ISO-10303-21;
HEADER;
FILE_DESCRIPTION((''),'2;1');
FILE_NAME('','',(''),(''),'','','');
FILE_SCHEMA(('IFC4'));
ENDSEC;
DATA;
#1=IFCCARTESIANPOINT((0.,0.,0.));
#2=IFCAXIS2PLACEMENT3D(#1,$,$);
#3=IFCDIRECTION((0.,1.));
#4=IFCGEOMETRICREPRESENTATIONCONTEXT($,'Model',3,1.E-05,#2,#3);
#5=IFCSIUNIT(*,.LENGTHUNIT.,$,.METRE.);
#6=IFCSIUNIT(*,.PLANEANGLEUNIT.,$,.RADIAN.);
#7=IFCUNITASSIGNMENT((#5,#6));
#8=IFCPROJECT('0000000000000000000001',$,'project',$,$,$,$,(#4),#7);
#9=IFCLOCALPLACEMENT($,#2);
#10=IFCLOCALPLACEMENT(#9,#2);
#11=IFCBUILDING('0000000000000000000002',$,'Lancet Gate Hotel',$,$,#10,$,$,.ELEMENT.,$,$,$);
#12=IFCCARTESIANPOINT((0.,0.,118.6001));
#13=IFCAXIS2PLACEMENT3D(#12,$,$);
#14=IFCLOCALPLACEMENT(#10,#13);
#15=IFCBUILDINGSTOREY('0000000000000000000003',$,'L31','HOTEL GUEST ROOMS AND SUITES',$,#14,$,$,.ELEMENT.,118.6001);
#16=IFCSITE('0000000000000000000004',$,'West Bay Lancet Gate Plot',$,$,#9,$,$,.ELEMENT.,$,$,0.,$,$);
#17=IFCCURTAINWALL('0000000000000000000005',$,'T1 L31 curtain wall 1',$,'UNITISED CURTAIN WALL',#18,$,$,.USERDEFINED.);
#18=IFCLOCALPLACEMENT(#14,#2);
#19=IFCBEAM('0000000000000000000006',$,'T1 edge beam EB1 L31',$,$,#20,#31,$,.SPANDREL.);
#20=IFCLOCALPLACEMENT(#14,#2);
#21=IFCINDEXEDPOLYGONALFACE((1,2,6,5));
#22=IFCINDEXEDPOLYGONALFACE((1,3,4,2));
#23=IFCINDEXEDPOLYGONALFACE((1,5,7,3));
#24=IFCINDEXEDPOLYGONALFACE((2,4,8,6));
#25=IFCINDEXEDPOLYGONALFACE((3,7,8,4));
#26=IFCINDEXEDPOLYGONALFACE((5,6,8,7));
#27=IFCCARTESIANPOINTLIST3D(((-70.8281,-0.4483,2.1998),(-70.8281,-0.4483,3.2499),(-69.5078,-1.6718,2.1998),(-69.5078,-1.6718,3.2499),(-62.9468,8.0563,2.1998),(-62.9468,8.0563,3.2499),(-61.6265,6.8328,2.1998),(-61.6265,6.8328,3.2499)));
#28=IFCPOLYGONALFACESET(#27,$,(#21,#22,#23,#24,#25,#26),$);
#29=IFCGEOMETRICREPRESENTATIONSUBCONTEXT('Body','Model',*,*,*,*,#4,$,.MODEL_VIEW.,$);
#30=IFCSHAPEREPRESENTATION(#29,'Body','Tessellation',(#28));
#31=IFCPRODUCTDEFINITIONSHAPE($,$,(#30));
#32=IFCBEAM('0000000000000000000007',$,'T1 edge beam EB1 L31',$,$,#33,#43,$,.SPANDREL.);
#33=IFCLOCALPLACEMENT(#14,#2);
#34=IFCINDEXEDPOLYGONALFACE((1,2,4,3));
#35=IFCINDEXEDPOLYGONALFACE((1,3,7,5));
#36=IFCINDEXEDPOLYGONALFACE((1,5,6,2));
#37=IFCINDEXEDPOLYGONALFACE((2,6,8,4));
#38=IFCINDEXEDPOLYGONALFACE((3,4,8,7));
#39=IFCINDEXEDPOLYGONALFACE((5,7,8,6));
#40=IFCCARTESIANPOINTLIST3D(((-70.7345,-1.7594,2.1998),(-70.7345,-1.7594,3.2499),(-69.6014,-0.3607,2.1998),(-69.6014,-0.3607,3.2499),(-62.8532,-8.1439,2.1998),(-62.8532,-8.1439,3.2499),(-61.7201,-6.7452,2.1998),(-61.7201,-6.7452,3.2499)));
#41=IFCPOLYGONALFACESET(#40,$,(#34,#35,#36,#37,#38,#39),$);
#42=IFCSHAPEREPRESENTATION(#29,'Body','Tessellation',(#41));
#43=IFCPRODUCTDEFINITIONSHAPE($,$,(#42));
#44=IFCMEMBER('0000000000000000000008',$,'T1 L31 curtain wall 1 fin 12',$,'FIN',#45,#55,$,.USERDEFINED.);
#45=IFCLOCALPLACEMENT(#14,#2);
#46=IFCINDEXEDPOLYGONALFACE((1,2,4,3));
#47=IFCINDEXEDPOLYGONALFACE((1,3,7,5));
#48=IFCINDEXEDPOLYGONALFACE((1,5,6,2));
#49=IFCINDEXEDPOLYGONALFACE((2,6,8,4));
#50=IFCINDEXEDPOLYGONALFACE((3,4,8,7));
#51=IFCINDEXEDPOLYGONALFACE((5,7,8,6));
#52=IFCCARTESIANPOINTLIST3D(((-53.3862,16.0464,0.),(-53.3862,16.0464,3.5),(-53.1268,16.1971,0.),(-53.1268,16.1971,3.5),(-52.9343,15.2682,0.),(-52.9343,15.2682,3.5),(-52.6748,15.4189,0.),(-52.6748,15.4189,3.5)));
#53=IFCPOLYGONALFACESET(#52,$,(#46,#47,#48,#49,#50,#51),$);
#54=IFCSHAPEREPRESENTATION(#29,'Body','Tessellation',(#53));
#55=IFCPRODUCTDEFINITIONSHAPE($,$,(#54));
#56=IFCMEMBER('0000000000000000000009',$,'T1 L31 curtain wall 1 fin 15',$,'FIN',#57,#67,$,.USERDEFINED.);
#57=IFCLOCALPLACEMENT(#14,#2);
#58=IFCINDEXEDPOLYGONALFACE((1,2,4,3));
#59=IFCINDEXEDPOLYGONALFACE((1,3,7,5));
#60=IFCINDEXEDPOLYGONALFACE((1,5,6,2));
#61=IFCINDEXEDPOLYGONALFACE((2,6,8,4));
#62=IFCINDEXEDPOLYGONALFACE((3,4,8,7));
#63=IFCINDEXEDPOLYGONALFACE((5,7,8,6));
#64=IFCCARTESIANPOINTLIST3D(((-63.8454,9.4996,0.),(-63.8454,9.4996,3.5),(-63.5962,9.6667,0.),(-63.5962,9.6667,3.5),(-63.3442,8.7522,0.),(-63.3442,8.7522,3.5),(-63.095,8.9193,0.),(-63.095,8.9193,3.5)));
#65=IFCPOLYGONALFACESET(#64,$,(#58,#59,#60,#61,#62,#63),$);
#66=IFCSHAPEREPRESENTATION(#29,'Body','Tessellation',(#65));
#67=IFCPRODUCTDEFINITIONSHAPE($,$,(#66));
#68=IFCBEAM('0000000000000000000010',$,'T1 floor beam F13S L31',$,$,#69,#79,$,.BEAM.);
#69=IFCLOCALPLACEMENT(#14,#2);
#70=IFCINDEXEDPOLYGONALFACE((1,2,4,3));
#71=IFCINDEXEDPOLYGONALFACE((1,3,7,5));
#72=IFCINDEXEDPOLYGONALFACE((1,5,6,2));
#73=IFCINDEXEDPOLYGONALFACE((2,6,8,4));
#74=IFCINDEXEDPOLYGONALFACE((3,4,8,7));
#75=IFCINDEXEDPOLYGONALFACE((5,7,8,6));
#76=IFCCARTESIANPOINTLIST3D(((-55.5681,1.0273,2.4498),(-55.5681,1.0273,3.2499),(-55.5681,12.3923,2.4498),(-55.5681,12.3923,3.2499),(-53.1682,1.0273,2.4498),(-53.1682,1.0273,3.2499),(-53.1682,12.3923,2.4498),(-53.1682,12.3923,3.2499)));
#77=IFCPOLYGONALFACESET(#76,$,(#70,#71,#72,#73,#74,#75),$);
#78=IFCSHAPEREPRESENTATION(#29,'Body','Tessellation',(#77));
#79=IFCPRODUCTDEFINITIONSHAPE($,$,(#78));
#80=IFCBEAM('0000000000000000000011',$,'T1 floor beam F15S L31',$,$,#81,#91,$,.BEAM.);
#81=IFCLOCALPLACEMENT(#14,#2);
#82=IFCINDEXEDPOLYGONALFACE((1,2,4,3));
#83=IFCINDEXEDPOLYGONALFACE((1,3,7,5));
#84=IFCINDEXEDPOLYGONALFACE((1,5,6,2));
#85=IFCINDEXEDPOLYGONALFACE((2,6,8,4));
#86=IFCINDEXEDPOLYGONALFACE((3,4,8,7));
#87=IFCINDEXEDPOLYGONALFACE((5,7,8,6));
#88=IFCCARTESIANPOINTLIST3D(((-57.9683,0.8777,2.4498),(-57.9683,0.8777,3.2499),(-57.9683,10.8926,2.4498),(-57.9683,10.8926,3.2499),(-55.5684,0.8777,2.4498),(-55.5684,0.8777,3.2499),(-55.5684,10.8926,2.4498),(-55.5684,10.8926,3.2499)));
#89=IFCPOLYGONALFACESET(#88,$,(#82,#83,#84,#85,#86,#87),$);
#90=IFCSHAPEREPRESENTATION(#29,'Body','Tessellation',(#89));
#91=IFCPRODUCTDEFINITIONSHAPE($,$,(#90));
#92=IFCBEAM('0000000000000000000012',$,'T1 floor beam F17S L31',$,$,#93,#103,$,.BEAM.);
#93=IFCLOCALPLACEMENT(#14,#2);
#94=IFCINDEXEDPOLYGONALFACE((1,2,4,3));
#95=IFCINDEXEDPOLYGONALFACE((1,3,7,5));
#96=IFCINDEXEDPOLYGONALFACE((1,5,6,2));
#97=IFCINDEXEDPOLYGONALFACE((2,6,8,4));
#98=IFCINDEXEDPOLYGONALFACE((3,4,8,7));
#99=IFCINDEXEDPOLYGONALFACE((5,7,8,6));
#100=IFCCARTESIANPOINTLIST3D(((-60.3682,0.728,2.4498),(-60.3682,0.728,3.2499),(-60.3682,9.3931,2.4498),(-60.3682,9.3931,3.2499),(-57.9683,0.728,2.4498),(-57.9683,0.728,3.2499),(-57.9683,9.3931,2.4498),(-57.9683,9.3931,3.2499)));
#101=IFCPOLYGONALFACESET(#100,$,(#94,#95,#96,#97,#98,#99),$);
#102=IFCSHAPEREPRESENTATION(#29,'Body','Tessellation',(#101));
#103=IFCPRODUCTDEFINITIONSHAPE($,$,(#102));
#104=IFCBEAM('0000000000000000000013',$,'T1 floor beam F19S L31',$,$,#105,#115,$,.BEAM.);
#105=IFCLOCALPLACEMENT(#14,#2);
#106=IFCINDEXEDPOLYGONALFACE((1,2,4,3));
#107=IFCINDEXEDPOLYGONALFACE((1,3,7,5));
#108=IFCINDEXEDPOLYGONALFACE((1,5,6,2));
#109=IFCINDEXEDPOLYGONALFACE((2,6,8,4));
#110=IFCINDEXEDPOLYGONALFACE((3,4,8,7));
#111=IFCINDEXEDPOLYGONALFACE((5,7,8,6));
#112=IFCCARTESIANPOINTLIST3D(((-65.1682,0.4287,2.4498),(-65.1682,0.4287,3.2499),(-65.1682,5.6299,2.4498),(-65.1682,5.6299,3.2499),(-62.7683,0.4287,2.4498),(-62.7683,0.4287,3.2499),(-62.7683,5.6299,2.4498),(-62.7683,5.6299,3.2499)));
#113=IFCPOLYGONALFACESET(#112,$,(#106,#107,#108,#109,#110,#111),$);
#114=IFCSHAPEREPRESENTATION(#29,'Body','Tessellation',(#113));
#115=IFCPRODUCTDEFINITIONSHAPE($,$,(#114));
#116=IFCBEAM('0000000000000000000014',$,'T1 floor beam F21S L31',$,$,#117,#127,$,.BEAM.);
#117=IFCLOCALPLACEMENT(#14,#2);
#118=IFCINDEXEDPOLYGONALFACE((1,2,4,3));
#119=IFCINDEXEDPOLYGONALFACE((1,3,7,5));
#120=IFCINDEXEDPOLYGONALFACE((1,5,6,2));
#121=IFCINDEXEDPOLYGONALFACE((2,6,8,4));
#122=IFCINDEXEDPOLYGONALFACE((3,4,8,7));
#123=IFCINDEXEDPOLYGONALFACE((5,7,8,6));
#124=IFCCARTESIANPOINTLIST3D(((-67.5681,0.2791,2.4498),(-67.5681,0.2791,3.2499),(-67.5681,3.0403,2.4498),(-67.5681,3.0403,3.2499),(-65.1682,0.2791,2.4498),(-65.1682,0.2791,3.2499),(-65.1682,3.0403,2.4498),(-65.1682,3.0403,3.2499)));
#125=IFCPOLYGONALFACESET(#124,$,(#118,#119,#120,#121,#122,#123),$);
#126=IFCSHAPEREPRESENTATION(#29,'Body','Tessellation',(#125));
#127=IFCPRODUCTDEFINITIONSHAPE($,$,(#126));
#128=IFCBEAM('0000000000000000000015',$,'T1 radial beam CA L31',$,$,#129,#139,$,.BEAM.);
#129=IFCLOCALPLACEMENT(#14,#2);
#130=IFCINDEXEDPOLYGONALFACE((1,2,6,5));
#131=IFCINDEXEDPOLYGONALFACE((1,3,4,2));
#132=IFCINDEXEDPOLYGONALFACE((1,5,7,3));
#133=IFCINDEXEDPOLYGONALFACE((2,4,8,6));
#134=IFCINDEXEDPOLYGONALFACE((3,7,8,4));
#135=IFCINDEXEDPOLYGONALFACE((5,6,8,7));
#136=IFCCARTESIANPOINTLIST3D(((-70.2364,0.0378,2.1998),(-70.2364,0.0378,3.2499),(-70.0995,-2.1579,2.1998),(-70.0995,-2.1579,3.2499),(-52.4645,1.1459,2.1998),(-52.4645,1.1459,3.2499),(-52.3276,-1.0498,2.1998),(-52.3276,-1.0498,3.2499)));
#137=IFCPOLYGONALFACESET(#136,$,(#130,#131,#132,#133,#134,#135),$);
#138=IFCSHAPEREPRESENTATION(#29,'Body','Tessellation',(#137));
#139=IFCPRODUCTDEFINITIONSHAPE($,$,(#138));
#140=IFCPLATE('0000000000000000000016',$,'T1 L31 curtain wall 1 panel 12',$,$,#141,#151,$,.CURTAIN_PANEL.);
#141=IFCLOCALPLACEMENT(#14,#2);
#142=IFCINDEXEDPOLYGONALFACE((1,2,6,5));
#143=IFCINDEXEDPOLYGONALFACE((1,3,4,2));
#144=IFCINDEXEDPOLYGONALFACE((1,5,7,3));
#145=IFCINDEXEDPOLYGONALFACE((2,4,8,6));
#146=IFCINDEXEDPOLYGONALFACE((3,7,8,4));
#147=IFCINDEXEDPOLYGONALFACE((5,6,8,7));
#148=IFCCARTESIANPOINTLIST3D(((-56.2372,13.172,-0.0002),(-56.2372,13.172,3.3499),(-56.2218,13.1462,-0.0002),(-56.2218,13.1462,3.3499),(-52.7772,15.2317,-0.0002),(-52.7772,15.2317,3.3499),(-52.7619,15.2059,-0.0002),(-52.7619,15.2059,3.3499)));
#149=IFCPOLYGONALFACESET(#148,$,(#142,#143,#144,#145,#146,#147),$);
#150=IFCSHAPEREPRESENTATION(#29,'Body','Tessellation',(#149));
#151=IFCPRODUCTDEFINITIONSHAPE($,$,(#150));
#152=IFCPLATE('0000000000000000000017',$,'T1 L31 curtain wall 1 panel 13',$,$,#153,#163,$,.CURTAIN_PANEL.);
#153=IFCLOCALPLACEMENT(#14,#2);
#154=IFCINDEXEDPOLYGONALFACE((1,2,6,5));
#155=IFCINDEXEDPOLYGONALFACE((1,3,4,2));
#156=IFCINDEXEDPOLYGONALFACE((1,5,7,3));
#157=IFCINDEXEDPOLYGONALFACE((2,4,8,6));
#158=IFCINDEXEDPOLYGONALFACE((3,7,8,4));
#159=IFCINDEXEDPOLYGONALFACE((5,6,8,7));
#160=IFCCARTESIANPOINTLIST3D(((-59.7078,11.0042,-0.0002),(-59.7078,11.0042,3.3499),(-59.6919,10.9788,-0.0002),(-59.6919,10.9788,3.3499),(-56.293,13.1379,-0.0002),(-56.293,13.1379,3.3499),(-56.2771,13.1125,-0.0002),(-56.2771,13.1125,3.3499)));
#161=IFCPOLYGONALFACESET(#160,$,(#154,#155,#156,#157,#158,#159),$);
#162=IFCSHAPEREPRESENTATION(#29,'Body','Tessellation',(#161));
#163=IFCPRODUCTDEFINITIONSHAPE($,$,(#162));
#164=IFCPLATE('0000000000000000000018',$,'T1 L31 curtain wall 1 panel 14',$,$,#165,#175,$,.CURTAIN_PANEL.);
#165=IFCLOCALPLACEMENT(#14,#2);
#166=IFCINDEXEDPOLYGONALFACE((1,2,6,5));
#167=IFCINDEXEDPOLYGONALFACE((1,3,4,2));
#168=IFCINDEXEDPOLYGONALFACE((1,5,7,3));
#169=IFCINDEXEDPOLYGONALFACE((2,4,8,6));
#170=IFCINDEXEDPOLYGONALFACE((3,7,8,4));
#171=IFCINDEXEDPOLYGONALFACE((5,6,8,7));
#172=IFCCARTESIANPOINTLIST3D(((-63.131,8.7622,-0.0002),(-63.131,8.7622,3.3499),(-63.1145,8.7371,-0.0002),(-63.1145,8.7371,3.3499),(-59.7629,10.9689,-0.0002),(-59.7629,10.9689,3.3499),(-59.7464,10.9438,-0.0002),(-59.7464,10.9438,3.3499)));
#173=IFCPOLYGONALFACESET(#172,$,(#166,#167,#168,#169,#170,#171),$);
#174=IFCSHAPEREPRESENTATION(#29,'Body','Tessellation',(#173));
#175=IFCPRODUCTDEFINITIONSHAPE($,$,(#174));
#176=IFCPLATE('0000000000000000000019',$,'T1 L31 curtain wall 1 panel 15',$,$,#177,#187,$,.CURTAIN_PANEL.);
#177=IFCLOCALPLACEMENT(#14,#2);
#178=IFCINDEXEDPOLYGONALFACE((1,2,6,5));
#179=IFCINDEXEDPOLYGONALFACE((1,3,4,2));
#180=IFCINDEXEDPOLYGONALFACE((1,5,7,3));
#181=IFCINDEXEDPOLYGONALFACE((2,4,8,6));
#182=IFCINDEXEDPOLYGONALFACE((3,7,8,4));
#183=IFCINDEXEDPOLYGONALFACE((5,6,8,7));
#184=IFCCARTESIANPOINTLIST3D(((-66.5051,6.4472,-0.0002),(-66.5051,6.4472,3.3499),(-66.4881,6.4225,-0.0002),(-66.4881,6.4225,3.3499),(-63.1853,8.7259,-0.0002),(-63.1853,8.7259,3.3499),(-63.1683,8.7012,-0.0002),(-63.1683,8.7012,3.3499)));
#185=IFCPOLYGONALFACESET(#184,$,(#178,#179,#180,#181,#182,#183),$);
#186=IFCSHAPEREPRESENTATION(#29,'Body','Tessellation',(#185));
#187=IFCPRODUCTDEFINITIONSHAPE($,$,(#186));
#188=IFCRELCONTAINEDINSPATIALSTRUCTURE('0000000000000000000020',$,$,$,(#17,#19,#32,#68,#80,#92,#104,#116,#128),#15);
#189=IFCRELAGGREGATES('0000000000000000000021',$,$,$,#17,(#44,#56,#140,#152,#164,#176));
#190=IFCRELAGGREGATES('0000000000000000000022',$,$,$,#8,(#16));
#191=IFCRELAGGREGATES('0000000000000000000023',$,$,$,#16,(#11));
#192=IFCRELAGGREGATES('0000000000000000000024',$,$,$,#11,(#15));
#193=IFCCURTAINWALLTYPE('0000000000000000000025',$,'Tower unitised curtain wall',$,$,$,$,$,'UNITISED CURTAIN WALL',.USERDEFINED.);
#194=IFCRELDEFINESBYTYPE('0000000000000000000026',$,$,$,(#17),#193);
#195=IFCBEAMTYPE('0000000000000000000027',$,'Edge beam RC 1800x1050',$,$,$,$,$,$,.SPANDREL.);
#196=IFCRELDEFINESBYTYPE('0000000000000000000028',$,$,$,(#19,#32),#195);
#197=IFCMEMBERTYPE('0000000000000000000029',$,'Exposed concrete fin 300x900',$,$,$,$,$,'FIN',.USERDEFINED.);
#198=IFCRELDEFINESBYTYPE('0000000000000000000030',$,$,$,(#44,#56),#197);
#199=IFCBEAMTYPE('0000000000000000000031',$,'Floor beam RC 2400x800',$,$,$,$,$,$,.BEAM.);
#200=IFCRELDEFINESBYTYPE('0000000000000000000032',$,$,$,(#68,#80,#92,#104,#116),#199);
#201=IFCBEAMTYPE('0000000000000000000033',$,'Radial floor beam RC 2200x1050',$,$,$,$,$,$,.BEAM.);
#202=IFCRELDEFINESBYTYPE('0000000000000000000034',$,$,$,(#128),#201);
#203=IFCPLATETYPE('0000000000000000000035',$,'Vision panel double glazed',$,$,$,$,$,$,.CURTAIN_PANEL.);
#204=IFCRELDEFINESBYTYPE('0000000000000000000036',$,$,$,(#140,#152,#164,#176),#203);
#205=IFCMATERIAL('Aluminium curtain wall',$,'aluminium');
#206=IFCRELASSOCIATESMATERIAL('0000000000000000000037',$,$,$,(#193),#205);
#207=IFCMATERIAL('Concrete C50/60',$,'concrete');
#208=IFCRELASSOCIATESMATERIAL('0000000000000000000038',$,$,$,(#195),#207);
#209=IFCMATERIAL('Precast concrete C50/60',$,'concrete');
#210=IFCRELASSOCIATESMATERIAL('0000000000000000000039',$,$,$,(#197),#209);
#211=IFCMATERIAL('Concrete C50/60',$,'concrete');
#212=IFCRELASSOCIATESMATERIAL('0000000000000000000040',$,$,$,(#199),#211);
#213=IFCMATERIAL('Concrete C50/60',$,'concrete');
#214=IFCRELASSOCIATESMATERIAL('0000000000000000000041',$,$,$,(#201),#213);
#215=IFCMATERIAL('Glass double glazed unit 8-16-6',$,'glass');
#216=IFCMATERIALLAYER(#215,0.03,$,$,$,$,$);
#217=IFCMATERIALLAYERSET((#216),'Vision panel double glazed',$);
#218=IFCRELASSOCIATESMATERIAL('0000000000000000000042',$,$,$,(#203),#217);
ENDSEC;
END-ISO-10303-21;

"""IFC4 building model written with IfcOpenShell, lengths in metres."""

from ifc_helpers import new_model, si_unit, direction, frame, origin, origin_2d, place, context, subcontext, project, spatial, rectangle, extrude, material, layer, layer_set, material_profile, profile_set, type_object, element, aggregate, save


model = new_model("IFC4")

# Units and contexts
model_context = context("Model", 3, precision=1e-05, world=origin(), true_north=direction((0.0, 1.0)))
body_context = subcontext(model_context, "Body", "Model", "MODEL_VIEW")
ifc_project = project(units=[si_unit("LENGTHUNIT", "METRE"), si_unit("PLANEANGLEUNIT", "RADIAN")], contexts=[model_context])

# Site, building, storey
site_placement = place(None, origin())
site = spatial("IfcSite", under=ifc_project, at=site_placement, Name="West Bay Lancet Gate Plot", CompositionType="ELEMENT", RefElevation=0.0)
building_placement = place(site_placement, origin())
building = spatial("IfcBuilding", under=site, at=building_placement, Name="Lancet Gate Hotel", CompositionType="ELEMENT")
storey_placement = place(building_placement, frame((0.0, 0.0, 118.6001)))
storey = spatial("IfcBuildingStorey", under=building, at=storey_placement, Name="L31", Description="HOTEL GUEST ROOMS AND SUITES", CompositionType="ELEMENT", Elevation=118.6001)

# Curtain wall
ifc_material_1 = material(Name="Aluminium curtain wall", Category="aluminium")
curtain_wall_type = type_object("IfcCurtainWallType", Name="Tower unitised curtain wall", ElementType="UNITISED CURTAIN WALL", PredefinedType="USERDEFINED", material=ifc_material_1)
curtain_wall_placement = place(storey_placement, origin())
curtain_wall = element("IfcCurtainWall", 1, at=curtain_wall_placement, inside=storey, type_object=curtain_wall_type, Name="T1 L31 curtain wall 1", ObjectType="UNITISED CURTAIN WALL", PredefinedType="USERDEFINED")

# Beams
ifc_material_2 = material(Name="Concrete C50/60", Category="concrete")
ifc_material_profile_1 = material_profile(ifc_material_2, rectangle(XDim=1.8, YDim=1.05, at=origin_2d()), Name="RC 1800x1050")
ifc_profile_set_1 = profile_set([ifc_material_profile_1], Name="Concrete C50/60")
beam_type_1 = type_object("IfcBeamType", Name="Edge beam RC 1800x1050", PredefinedType="SPANDREL", material=ifc_profile_set_1)
beam_1_placement = place(storey_placement, frame((-62.2866, 7.4446, 2.7249), z_axis=(-0.679718, -0.733473, 0.0), x_axis=(0.733473, -0.679718, 0.0)))
element("IfcBeam", 2, at=beam_1_placement, inside=storey, type_object=beam_type_1, Name="T1 edge beam EB1 L31", PredefinedType="SPANDREL", context=body_context, shape_type="SweptSolid", body=[
    extrude(rectangle(XDim=1.8, YDim=1.05, at=origin_2d()), origin(), (0.0, 0.0, 1.0), 11.595),
])
beam_2_placement = place(storey_placement, frame((-70.168, -1.0601, 2.7249), z_axis=(0.777034, -0.629459, 0.0), x_axis=(0.629459, 0.777034, 0.0)))
element("IfcBeam", 3, at=beam_2_placement, inside=storey, type_object=beam_type_1, Name="T1 edge beam EB1 L31", PredefinedType="SPANDREL", context=body_context, shape_type="SweptSolid", body=[
    extrude(rectangle(XDim=1.8, YDim=1.05, at=origin_2d()), origin(), (0.0, 0.0, 1.0), 10.1428),
])

# Members
ifc_material_3 = material(Name="Precast concrete C50/60", Category="concrete")
ifc_material_profile_2 = material_profile(ifc_material_3, rectangle(XDim=0.3, YDim=0.8999, at=origin_2d()), Name="FIN 300x900")
ifc_profile_set_2 = profile_set([ifc_material_profile_2], Name="Precast concrete C50/60")
member_type_1 = type_object("IfcMemberType", Name="Exposed concrete fin 300x900", ElementType="FIN", PredefinedType="USERDEFINED", material=ifc_profile_set_2)
member_1_placement = place(storey_placement, frame((-53.0305, 15.7327, 0.0), z_axis=(0.0, 0.0, 1.0), x_axis=(-0.864728, -0.502241, 0.0)))
member_1 = element("IfcMember", 4, at=member_1_placement, type_object=member_type_1, Name="T1 L31 curtain wall 1 fin 12", ObjectType="FIN", PredefinedType="USERDEFINED", context=body_context, shape_type="SweptSolid", body=[
    extrude(rectangle(XDim=0.3, YDim=0.8999, at=origin_2d()), origin(), (0.0, 0.0, 1.0), 3.5),
])
member_2_placement = place(storey_placement, frame((-63.4702, 9.2095, 0.0), z_axis=(0.0, 0.0, 1.0), x_axis=(-0.83051, -0.557004, 0.0)))
member_2 = element("IfcMember", 5, at=member_2_placement, type_object=member_type_1, Name="T1 L31 curtain wall 1 fin 15", ObjectType="FIN", PredefinedType="USERDEFINED", context=body_context, shape_type="SweptSolid", body=[
    extrude(rectangle(XDim=0.3, YDim=0.8999, at=origin_2d()), origin(), (0.0, 0.0, 1.0), 3.5),
])

# Beams
ifc_material_4 = material(Name="Concrete C50/60", Category="concrete")
ifc_material_profile_3 = material_profile(ifc_material_4, rectangle(XDim=2.3999, YDim=0.8, at=origin_2d()), Name="RC 2400x800")
ifc_profile_set_3 = profile_set([ifc_material_profile_3], Name="Concrete C50/60")
beam_type_2 = type_object("IfcBeamType", Name="Floor beam RC 2400x800", PredefinedType="BEAM", material=ifc_profile_set_3)
beam_3_placement = place(storey_placement, frame((-54.3682, 12.3923, 2.8499), z_axis=(0.0, -1.0, 0.0), x_axis=(1.0, 0.0, 0.0)))
element("IfcBeam", 6, at=beam_3_placement, inside=storey, type_object=beam_type_2, Name="T1 floor beam F13S L31", PredefinedType="BEAM", context=body_context, shape_type="SweptSolid", body=[
    extrude(rectangle(XDim=2.3999, YDim=0.8, at=origin_2d()), origin(), (0.0, 0.0, 1.0), 11.365),
])
beam_4_placement = place(storey_placement, frame((-56.7683, 10.8926, 2.8499), z_axis=(0.0, -1.0, 0.0), x_axis=(1.0, 0.0, 0.0)))
element("IfcBeam", 7, at=beam_4_placement, inside=storey, type_object=beam_type_2, Name="T1 floor beam F15S L31", PredefinedType="BEAM", context=body_context, shape_type="SweptSolid", body=[
    extrude(rectangle(XDim=2.3999, YDim=0.8, at=origin_2d()), origin(), (0.0, 0.0, 1.0), 10.0149),
])
beam_5_placement = place(storey_placement, frame((-59.1682, 9.3931, 2.8499), z_axis=(0.0, -1.0, 0.0), x_axis=(1.0, 0.0, 0.0)))
element("IfcBeam", 8, at=beam_5_placement, inside=storey, type_object=beam_type_2, Name="T1 floor beam F17S L31", PredefinedType="BEAM", context=body_context, shape_type="SweptSolid", body=[
    extrude(rectangle(XDim=2.3999, YDim=0.8, at=origin_2d()), origin(), (0.0, 0.0, 1.0), 8.665),
])
beam_6_placement = place(storey_placement, frame((-63.9683, 5.6299, 2.8499), z_axis=(0.0, -1.0, 0.0), x_axis=(1.0, 0.0, 0.0)))
element("IfcBeam", 9, at=beam_6_placement, inside=storey, type_object=beam_type_2, Name="T1 floor beam F19S L31", PredefinedType="BEAM", context=body_context, shape_type="SweptSolid", body=[
    extrude(rectangle(XDim=2.3999, YDim=0.8, at=origin_2d()), origin(), (0.0, 0.0, 1.0), 5.2012),
])
beam_7_placement = place(storey_placement, frame((-66.3682, 3.0403, 2.8499), z_axis=(0.0, -1.0, 0.0), x_axis=(1.0, 0.0, 0.0)))
element("IfcBeam", 10, at=beam_7_placement, inside=storey, type_object=beam_type_2, Name="T1 floor beam F21S L31", PredefinedType="BEAM", context=body_context, shape_type="SweptSolid", body=[
    extrude(rectangle(XDim=2.3999, YDim=0.8, at=origin_2d()), origin(), (0.0, 0.0, 1.0), 2.7612),
])
ifc_material_5 = material(Name="Concrete C50/60", Category="concrete")
ifc_material_profile_4 = material_profile(ifc_material_5, rectangle(XDim=2.2, YDim=1.05, at=origin_2d()), Name="RC 2200x1050")
ifc_profile_set_4 = profile_set([ifc_material_profile_4], Name="Concrete C50/60")
beam_type_3 = type_object("IfcBeamType", Name="Radial floor beam RC 2200x1050", PredefinedType="BEAM", material=ifc_profile_set_4)
beam_8_placement = place(storey_placement, frame((-70.168, -1.0601, 2.7249), z_axis=(0.998062, 0.062233, 0.0), x_axis=(-0.062233, 0.998062, 0.0)))
element("IfcBeam", 11, at=beam_8_placement, inside=storey, type_object=beam_type_3, Name="T1 radial beam CA L31", PredefinedType="BEAM", context=body_context, shape_type="SweptSolid", body=[
    extrude(rectangle(XDim=2.2, YDim=1.05, at=origin_2d()), origin(), (0.0, 0.0, 1.0), 17.8064),
])

# Plates
ifc_material_6 = material(Name="Glass double glazed unit 8-16-6", Category="glass")
ifc_layer = layer(ifc_material_6, 0.03)
ifc_layer_set = layer_set([ifc_layer], Name="Vision panel double glazed")
plate_type = type_object("IfcPlateType", Name="Vision panel double glazed", PredefinedType="CURTAIN_PANEL", material=ifc_layer_set)
plate_1_placement = place(storey_placement, frame((-54.4995, 14.189, -0.0002), z_axis=(0.0, 0.0, 1.0), x_axis=(-0.859271, -0.51152, 0.0)))
plate_1 = element("IfcPlate", 12, at=plate_1_placement, type_object=plate_type, Name="T1 L31 curtain wall 1 panel 12", PredefinedType="CURTAIN_PANEL", context=body_context, shape_type="SweptSolid", body=[
    extrude(rectangle(XDim=4.0266, YDim=0.03, at=origin_2d()), origin(), (0.0, 0.0, 1.0), 3.3501),
])
plate_2_placement = place(storey_placement, frame((-57.9924, 12.0583, -0.0002), z_axis=(0.0, 0.0, 1.0), x_axis=(-0.848061, -0.529899, 0.0)))
plate_2 = element("IfcPlate", 13, at=plate_2_placement, type_object=plate_type, Name="T1 L31 curtain wall 1 panel 13", PredefinedType="CURTAIN_PANEL", context=body_context, shape_type="SweptSolid", body=[
    extrude(rectangle(XDim=4.0266, YDim=0.03, at=origin_2d()), origin(), (0.0, 0.0, 1.0), 3.3501),
])
plate_3_placement = place(storey_placement, frame((-61.4387, 9.853, -0.0002), z_axis=(0.0, 0.0, 1.0), x_axis=(-0.836458, -0.548032, 0.0)))
plate_3 = element("IfcPlate", 14, at=plate_3_placement, type_object=plate_type, Name="T1 L31 curtain wall 1 panel 14", PredefinedType="CURTAIN_PANEL", context=body_context, shape_type="SweptSolid", body=[
    extrude(rectangle(XDim=4.0266, YDim=0.03, at=origin_2d()), origin(), (0.0, 0.0, 1.0), 3.3501),
])
plate_4_placement = place(storey_placement, frame((-64.8367, 7.5742, -0.0002), z_axis=(0.0, 0.0, 1.0), x_axis=(-0.824466, -0.565911, 0.0)))
plate_4 = element("IfcPlate", 15, at=plate_4_placement, type_object=plate_type, Name="T1 L31 curtain wall 1 panel 15", PredefinedType="CURTAIN_PANEL", context=body_context, shape_type="SweptSolid", body=[
    extrude(rectangle(XDim=4.0266, YDim=0.03, at=origin_2d()), origin(), (0.0, 0.0, 1.0), 3.3501),
])
aggregate(curtain_wall, [member_1, member_2, plate_1, plate_2, plate_3, plate_4])

save(model, "model.ifc")
